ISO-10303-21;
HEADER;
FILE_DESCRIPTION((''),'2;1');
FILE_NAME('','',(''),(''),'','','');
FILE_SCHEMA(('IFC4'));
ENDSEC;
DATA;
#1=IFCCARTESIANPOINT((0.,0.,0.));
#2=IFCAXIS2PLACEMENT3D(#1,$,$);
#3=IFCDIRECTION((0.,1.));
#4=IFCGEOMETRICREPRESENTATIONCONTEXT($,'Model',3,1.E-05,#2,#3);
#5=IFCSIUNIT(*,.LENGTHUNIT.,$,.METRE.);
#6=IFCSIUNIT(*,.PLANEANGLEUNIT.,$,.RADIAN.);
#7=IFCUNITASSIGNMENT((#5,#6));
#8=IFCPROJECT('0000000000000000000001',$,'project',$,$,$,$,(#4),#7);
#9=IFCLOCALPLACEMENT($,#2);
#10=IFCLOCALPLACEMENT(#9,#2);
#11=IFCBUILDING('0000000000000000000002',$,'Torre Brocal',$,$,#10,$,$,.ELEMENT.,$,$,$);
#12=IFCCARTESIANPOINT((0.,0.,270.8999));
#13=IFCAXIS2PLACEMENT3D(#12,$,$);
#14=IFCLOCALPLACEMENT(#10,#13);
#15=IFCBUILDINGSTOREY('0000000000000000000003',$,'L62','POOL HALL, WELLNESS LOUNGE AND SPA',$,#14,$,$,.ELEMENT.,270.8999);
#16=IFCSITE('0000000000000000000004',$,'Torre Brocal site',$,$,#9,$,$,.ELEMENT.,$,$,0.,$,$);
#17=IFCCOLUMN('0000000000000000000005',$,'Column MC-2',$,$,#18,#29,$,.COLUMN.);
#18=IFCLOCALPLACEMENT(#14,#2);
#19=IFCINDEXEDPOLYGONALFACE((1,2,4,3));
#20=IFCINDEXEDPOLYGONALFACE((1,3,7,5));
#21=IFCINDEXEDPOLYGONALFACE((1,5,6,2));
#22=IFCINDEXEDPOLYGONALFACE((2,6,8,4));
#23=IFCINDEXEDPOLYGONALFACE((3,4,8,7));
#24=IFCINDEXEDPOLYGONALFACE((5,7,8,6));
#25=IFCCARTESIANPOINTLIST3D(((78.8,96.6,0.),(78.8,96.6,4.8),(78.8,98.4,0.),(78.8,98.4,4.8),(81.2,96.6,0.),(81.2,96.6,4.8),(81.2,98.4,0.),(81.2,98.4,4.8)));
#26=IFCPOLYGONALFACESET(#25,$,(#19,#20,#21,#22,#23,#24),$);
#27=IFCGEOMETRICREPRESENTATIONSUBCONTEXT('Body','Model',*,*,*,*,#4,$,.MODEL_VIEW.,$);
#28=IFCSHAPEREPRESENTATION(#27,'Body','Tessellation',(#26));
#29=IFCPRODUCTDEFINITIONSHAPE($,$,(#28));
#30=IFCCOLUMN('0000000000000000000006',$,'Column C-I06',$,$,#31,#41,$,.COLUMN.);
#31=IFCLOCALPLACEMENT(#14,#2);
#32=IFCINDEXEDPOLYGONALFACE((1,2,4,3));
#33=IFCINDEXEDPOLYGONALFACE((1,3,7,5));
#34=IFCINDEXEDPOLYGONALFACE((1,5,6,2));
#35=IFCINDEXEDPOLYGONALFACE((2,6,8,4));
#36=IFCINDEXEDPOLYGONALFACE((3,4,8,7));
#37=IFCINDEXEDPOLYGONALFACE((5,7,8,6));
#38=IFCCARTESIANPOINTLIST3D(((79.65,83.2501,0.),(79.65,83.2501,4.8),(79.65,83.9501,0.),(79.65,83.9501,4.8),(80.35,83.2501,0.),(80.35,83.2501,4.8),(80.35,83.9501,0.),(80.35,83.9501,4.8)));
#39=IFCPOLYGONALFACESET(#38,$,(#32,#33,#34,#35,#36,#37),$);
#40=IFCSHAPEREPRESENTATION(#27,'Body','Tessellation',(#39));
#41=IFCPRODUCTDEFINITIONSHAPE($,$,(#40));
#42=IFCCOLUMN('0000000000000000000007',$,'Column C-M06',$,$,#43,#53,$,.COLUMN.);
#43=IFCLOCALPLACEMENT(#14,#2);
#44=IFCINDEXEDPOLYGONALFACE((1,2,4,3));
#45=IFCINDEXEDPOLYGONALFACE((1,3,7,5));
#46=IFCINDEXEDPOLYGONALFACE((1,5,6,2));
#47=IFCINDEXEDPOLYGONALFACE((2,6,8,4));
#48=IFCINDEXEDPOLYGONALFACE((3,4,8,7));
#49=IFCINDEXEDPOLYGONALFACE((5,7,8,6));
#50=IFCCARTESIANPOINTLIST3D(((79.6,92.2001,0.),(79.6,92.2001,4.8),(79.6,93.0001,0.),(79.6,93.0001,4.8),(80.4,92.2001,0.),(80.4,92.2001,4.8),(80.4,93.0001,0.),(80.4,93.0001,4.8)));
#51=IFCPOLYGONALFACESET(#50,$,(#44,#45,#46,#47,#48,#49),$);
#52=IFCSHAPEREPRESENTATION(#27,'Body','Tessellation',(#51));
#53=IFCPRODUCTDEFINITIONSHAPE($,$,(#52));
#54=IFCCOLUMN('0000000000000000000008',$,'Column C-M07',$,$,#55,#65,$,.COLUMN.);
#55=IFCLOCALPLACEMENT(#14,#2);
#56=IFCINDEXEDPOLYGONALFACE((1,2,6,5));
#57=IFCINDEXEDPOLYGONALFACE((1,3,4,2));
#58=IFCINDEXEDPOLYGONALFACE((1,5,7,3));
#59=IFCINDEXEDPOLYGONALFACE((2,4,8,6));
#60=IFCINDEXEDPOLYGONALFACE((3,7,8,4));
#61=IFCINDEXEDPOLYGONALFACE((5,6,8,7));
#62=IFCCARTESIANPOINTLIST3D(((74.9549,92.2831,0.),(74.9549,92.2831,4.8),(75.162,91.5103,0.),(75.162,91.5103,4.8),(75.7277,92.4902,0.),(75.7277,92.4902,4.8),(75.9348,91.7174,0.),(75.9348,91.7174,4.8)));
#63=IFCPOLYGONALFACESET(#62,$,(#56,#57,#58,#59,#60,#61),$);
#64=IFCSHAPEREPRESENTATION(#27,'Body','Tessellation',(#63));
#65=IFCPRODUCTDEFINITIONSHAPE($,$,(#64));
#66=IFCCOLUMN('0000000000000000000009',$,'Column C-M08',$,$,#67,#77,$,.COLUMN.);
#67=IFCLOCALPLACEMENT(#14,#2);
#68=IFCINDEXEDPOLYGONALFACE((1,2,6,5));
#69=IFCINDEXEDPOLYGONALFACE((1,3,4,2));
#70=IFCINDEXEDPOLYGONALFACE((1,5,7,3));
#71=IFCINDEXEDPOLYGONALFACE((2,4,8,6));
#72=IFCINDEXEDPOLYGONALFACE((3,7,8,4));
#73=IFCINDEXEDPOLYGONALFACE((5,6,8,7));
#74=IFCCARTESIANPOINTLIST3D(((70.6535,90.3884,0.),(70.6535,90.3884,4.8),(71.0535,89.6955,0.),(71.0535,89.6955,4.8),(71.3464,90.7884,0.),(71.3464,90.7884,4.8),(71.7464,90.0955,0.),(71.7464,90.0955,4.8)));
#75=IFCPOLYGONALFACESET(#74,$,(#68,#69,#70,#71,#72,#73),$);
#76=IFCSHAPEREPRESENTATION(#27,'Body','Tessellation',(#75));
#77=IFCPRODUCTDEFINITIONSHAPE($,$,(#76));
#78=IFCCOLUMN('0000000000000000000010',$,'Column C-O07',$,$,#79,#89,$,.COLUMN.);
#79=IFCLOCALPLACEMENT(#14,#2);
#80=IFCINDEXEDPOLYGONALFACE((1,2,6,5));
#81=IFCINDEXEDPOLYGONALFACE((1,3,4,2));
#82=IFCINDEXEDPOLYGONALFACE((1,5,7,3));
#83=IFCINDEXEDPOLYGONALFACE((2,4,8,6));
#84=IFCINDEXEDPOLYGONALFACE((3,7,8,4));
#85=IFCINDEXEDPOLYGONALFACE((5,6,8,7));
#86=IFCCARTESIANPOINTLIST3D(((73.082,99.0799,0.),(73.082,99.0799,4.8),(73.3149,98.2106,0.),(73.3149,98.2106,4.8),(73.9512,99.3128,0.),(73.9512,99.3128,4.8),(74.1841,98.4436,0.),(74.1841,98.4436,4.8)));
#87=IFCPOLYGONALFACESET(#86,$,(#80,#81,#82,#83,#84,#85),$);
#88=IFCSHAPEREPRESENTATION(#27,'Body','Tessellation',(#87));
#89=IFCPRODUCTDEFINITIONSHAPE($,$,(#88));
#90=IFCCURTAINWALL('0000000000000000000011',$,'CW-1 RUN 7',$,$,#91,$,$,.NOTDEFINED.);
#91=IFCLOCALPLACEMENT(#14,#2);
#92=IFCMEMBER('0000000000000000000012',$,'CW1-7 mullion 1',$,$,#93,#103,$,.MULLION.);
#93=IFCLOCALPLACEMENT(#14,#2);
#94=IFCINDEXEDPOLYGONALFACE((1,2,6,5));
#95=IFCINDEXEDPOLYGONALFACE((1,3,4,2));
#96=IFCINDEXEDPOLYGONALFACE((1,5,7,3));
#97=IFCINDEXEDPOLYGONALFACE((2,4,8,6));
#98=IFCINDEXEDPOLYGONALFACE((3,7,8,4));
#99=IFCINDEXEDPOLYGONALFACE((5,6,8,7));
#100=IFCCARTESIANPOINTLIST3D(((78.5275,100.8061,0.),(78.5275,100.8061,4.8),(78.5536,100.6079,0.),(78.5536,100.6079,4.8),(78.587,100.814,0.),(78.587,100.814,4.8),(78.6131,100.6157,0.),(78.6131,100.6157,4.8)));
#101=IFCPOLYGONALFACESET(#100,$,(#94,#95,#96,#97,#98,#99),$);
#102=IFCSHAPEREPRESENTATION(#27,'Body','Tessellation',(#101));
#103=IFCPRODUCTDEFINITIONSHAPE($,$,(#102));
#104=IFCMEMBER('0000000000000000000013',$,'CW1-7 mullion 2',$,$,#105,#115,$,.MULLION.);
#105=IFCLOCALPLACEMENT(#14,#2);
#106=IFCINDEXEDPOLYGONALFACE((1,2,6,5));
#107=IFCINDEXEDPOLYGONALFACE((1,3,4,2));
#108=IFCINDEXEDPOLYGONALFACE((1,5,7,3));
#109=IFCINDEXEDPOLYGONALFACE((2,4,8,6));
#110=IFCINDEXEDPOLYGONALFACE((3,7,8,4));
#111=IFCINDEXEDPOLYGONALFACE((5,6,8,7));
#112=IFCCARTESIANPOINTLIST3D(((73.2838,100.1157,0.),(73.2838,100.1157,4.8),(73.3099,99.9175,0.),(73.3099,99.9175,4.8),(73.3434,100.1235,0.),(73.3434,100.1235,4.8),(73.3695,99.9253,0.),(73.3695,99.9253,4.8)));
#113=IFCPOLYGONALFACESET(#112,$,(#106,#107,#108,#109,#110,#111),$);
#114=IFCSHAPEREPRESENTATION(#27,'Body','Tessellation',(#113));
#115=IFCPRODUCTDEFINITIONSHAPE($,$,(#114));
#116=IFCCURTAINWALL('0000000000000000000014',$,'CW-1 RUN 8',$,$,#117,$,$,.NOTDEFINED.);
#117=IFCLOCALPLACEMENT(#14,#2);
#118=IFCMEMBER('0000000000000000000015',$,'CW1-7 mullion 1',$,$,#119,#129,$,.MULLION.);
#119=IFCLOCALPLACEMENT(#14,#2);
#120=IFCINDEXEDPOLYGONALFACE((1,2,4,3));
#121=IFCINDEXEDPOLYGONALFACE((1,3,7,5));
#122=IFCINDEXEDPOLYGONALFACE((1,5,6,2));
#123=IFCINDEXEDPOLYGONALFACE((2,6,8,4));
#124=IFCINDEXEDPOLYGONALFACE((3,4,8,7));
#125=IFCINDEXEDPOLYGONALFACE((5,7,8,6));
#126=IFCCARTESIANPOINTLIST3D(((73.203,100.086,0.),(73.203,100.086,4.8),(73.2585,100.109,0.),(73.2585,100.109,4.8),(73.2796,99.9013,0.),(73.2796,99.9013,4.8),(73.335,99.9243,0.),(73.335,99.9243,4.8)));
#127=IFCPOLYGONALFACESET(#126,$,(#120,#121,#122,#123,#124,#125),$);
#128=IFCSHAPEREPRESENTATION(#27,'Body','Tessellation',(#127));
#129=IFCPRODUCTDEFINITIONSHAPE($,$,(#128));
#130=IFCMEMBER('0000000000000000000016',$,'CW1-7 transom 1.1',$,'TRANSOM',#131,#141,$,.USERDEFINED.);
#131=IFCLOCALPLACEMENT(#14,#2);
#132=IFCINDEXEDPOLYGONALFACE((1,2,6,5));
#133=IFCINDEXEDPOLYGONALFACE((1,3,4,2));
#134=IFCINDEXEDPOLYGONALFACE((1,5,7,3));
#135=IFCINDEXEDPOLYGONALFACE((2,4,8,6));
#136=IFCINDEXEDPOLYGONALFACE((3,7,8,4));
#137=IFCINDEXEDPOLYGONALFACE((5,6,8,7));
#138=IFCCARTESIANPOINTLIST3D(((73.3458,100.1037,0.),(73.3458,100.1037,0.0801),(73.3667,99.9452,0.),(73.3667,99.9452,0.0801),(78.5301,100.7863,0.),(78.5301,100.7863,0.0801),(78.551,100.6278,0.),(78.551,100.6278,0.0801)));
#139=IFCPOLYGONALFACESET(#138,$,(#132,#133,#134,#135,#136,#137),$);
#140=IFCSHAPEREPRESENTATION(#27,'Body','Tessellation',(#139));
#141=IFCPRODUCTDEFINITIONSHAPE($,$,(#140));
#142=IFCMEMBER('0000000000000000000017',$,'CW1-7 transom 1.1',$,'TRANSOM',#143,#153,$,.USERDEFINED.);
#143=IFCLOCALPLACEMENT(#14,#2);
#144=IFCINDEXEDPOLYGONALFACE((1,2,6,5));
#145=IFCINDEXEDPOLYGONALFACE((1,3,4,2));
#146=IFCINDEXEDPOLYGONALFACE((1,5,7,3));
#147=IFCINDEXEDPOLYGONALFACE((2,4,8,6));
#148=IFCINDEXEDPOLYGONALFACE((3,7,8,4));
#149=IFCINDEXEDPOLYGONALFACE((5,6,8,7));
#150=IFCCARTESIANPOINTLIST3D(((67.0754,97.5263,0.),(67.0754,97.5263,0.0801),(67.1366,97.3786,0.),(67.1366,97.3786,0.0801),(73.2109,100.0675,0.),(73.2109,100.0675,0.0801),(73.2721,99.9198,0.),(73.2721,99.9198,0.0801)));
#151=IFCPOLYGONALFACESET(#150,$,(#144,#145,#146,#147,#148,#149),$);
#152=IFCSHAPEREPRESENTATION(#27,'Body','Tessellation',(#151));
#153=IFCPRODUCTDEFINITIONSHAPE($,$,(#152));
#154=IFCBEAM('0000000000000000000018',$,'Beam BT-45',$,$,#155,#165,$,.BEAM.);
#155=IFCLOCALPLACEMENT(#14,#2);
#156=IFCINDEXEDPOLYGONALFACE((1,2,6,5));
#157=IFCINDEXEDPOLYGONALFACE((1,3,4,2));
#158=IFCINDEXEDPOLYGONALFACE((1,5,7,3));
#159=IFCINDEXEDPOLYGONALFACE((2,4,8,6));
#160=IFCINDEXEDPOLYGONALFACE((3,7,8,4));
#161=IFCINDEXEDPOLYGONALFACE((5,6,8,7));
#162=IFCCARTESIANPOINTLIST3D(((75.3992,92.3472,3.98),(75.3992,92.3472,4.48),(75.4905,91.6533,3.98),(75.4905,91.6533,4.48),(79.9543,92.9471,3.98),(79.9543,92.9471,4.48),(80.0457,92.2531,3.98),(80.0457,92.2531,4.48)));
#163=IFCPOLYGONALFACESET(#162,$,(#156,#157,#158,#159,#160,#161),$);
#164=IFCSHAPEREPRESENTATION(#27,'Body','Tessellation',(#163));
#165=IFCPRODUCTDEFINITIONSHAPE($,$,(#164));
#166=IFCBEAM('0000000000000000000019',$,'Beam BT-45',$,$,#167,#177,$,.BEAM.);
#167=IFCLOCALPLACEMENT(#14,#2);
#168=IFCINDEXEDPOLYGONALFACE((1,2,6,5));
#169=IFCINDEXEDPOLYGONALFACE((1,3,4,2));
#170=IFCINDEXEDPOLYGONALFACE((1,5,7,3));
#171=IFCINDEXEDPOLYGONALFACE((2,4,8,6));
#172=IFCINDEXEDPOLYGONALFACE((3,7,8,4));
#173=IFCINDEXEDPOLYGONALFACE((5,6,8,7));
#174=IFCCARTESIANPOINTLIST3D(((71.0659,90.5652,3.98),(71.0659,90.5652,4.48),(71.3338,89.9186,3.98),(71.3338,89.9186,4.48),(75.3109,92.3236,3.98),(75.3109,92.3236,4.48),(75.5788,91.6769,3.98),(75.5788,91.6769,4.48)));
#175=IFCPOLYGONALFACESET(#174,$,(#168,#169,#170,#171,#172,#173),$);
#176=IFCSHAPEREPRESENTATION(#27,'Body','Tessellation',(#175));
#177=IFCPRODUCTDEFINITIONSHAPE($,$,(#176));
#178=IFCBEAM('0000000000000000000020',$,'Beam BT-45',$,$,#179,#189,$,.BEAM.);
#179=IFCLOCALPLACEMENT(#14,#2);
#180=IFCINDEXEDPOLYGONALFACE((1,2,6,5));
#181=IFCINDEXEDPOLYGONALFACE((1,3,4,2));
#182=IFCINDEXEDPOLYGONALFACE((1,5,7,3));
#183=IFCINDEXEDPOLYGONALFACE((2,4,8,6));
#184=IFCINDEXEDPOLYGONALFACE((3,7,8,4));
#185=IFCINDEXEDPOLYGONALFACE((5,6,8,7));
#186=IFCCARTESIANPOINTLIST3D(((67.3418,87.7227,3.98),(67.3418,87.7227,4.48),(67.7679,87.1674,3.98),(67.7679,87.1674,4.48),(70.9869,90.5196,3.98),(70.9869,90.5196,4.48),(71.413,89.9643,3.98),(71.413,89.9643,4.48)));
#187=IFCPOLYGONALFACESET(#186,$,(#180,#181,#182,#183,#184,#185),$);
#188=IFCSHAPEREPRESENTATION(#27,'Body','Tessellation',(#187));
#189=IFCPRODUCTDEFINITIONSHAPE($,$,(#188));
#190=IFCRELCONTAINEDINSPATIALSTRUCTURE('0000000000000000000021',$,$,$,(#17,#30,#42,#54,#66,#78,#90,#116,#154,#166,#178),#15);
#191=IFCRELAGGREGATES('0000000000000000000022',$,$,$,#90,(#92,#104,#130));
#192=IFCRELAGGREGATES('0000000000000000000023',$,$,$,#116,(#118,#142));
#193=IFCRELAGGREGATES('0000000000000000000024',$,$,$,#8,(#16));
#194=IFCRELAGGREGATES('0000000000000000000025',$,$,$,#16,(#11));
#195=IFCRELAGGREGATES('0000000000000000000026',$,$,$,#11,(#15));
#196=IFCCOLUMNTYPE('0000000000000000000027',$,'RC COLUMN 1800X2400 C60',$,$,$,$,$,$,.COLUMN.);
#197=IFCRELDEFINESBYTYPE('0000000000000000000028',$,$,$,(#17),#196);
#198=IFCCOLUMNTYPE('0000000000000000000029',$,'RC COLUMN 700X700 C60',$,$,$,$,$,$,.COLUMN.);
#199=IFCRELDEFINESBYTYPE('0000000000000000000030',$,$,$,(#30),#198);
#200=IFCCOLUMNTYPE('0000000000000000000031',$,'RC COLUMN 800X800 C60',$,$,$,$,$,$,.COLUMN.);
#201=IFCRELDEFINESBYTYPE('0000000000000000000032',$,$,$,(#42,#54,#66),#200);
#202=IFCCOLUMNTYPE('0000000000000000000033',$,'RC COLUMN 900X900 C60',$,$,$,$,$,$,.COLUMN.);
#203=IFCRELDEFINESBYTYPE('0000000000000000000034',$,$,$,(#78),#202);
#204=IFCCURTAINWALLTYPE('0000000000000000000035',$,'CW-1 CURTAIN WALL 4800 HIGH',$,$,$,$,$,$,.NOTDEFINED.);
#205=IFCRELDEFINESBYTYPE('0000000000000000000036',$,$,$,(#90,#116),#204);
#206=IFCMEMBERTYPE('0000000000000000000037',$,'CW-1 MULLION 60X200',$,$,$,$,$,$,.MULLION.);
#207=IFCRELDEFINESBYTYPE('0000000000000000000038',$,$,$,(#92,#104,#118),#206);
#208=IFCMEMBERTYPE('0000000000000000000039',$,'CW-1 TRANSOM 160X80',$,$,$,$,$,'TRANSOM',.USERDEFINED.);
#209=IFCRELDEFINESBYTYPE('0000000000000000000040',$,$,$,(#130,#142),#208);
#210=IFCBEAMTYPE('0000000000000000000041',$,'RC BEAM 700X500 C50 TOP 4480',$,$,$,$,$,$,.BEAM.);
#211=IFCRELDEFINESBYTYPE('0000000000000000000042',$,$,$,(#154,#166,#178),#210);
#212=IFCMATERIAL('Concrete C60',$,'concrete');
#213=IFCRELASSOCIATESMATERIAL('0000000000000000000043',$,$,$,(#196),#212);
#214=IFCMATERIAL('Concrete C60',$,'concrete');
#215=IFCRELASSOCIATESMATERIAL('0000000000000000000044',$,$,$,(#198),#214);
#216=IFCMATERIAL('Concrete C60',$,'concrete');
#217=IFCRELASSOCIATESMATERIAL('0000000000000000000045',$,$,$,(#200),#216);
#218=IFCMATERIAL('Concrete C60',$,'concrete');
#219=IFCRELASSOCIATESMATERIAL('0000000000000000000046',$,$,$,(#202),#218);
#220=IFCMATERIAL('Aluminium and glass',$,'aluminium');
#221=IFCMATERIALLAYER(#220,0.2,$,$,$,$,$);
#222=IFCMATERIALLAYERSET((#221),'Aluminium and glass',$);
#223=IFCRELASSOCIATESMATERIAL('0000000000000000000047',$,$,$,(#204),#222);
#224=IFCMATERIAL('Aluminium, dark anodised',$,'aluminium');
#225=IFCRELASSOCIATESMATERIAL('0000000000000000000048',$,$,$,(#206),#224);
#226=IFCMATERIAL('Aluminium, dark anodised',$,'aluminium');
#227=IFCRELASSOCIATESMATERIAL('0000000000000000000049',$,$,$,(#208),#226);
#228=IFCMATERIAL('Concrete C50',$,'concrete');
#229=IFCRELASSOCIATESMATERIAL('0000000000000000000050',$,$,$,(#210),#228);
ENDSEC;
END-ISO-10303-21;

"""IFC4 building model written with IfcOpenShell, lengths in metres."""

from ifc_helpers import new_model, si_unit, direction, frame, origin, origin_2d, place, context, subcontext, project, spatial, rectangle, extrude, material, layer, layer_set, material_profile, profile_set, type_object, element, aggregate, save


model = new_model("IFC4")

# Units and contexts
model_context = context("Model", 3, precision=1e-05, world=origin(), true_north=direction((0.0, 1.0)))
body_context = subcontext(model_context, "Body", "Model", "MODEL_VIEW")
ifc_project = project(units=[si_unit("LENGTHUNIT", "METRE"), si_unit("PLANEANGLEUNIT", "RADIAN")], contexts=[model_context])

# Site, building, storey
site_placement = place(None, origin())
site = spatial("IfcSite", under=ifc_project, at=site_placement, Name="Torre Brocal site", CompositionType="ELEMENT", RefElevation=0.0)
building_placement = place(site_placement, origin())
building = spatial("IfcBuilding", under=site, at=building_placement, Name="Torre Brocal", CompositionType="ELEMENT")
storey_placement = place(building_placement, frame((0.0, 0.0, 270.8999)))
storey = spatial("IfcBuildingStorey", under=building, at=storey_placement, Name="L62", Description="POOL HALL, WELLNESS LOUNGE AND SPA", CompositionType="ELEMENT", Elevation=270.8999)

# Columns
ifc_material_1 = material(Name="Concrete C60", Category="concrete")
ifc_material_profile_1 = material_profile(ifc_material_1, rectangle(XDim=1.8, YDim=2.3999, at=origin_2d()), Name="RC 1800X2400")
ifc_profile_set_1 = profile_set([ifc_material_profile_1], Name="Concrete C60")
column_type_1 = type_object("IfcColumnType", Name="RC COLUMN 1800X2400 C60", PredefinedType="COLUMN", material=ifc_profile_set_1)
column_1_placement = place(storey_placement, frame((80.0, 97.5, 0.0), z_axis=(0.0, 0.0, 1.0), x_axis=(0.0, 1.0, 0.0)))
element("IfcColumn", 1, at=column_1_placement, inside=storey, type_object=column_type_1, Name="Column MC-2", PredefinedType="COLUMN", context=body_context, shape_type="SweptSolid", body=[
    extrude(rectangle(XDim=1.8, YDim=2.3999, at=origin_2d()), origin(), (0.0, 0.0, 1.0), 4.8),
])
ifc_material_2 = material(Name="Concrete C60", Category="concrete")
ifc_material_profile_2 = material_profile(ifc_material_2, rectangle(XDim=0.7, YDim=0.7, at=origin_2d()), Name="RC 700X700")
ifc_profile_set_2 = profile_set([ifc_material_profile_2], Name="Concrete C60")
column_type_2 = type_object("IfcColumnType", Name="RC COLUMN 700X700 C60", PredefinedType="COLUMN", material=ifc_profile_set_2)
column_2_placement = place(storey_placement, frame((80.0, 83.6001, 0.0), z_axis=(0.0, 0.0, 1.0), x_axis=(0.0, 1.0, 0.0)))
element("IfcColumn", 2, at=column_2_placement, inside=storey, type_object=column_type_2, Name="Column C-I06", PredefinedType="COLUMN", context=body_context, shape_type="SweptSolid", body=[
    extrude(rectangle(XDim=0.7, YDim=0.7, at=origin_2d()), origin(), (0.0, 0.0, 1.0), 4.8),
])
ifc_material_3 = material(Name="Concrete C60", Category="concrete")
ifc_material_profile_3 = material_profile(ifc_material_3, rectangle(XDim=0.8, YDim=0.8, at=origin_2d()), Name="RC 800X800")
ifc_profile_set_3 = profile_set([ifc_material_profile_3], Name="Concrete C60")
column_type_3 = type_object("IfcColumnType", Name="RC COLUMN 800X800 C60", PredefinedType="COLUMN", material=ifc_profile_set_3)
for number, where, z_axis, x_axis, name in (
    (3, (80.0, 92.6001, 0.0), (0.0, 0.0, 1.0), (0.0, 1.0, 0.0), "Column C-M06"),
    (4, (75.4448, 92.0002, 0.0), (0.0, 0.0, 1.0), (-0.258819, 0.965926, 0.0), "Column C-M07"),
    (5, (71.2, 90.2419, 0.0), (0.0, 0.0, 1.0), (-0.5, 0.866025, 0.0), "Column C-M08"),
):
    element("IfcColumn", number, at=place(storey_placement, frame(where, z_axis=z_axis, x_axis=x_axis)), inside=storey, type_object=column_type_3, Name=name, PredefinedType="COLUMN", context=body_context, shape_type="SweptSolid", body=[
        extrude(rectangle(XDim=0.8, YDim=0.8, at=origin_2d()), origin(), (0.0, 0.0, 1.0), 4.8),
    ])
ifc_material_4 = material(Name="Concrete C60", Category="concrete")
ifc_material_profile_4 = material_profile(ifc_material_4, rectangle(XDim=0.8999, YDim=0.8999, at=origin_2d()), Name="RC 900X900")
ifc_profile_set_4 = profile_set([ifc_material_profile_4], Name="Concrete C60")
column_type_4 = type_object("IfcColumnType", Name="RC COLUMN 900X900 C60", PredefinedType="COLUMN", material=ifc_profile_set_4)
column_3_placement = place(storey_placement, frame((73.6331, 98.7617, 0.0), z_axis=(0.0, 0.0, 1.0), x_axis=(-0.258819, 0.965926, 0.0)))
element("IfcColumn", 6, at=column_3_placement, inside=storey, type_object=column_type_4, Name="Column C-O07", PredefinedType="COLUMN", context=body_context, shape_type="SweptSolid", body=[
    extrude(rectangle(XDim=0.8999, YDim=0.8999, at=origin_2d()), origin(), (0.0, 0.0, 1.0), 4.8),
])

# Curtain wall, members
ifc_material_5 = material(Name="Aluminium and glass", Category="aluminium")
ifc_layer_1 = layer(ifc_material_5, 0.2)
ifc_layer_set_1 = layer_set([ifc_layer_1], Name="Aluminium and glass")
curtain_wall_type = type_object("IfcCurtainWallType", Name="CW-1 CURTAIN WALL 4800 HIGH", PredefinedType="NOTDEFINED", material=ifc_layer_set_1)
curtain_wall_1_placement = place(storey_placement, origin())
curtain_wall_1 = element("IfcCurtainWall", 7, at=curtain_wall_1_placement, inside=storey, type_object=curtain_wall_type, Name="CW-1 RUN 7", PredefinedType="NOTDEFINED")
ifc_material_6 = material(Name="Aluminium, dark anodised", Category="aluminium")
ifc_material_profile_5 = material_profile(ifc_material_6, rectangle(XDim=0.2, YDim=0.0601, at=origin_2d()), Name="CW-1 MULLION 60X200")
ifc_profile_set_5 = profile_set([ifc_material_profile_5], Name="Aluminium, dark anodised")
member_type_1 = type_object("IfcMemberType", Name="CW-1 MULLION 60X200", PredefinedType="MULLION", material=ifc_profile_set_5)
member_1_placement = place(storey_placement, frame((78.5703, 100.7109, 0.0), z_axis=(0.0, 0.0, 1.0), x_axis=(0.130526, -0.991445, 0.0)))
member_1 = element("IfcMember", 8, at=member_1_placement, type_object=member_type_1, Name="CW1-7 mullion 1", PredefinedType="MULLION", context=body_context, shape_type="SweptSolid", body=[
    extrude(rectangle(XDim=0.2, YDim=0.0601, at=origin_2d()), origin(), (0.0, 0.0, 1.0), 4.8),
])
member_2_placement = place(storey_placement, frame((73.3267, 100.0205, 0.0), z_axis=(0.0, 0.0, 1.0), x_axis=(0.130526, -0.991445, 0.0)))
member_2 = element("IfcMember", 9, at=member_2_placement, type_object=member_type_1, Name="CW1-7 mullion 2", PredefinedType="MULLION", context=body_context, shape_type="SweptSolid", body=[
    extrude(rectangle(XDim=0.2, YDim=0.0601, at=origin_2d()), origin(), (0.0, 0.0, 1.0), 4.8),
])

# Curtain wall, member
curtain_wall_2_placement = place(storey_placement, origin())
curtain_wall_2 = element("IfcCurtainWall", 10, at=curtain_wall_2_placement, inside=storey, type_object=curtain_wall_type, Name="CW-1 RUN 8", PredefinedType="NOTDEFINED")
member_3_placement = place(storey_placement, frame((73.269, 100.0051, 0.0), z_axis=(0.0, 0.0, 1.0), x_axis=(0.382683, -0.92388, 0.0)))
member_3 = element("IfcMember", 11, at=member_3_placement, type_object=member_type_1, Name="CW1-7 mullion 1", PredefinedType="MULLION", context=body_context, shape_type="SweptSolid", body=[
    extrude(rectangle(XDim=0.2, YDim=0.0601, at=origin_2d()), origin(), (0.0, 0.0, 1.0), 4.8),
])

# Members
ifc_material_7 = material(Name="Aluminium, dark anodised", Category="aluminium")
ifc_material_profile_6 = material_profile(ifc_material_7, rectangle(XDim=0.1599, YDim=0.0801, at=origin_2d()), Name="CW-1 TRANSOM 160X80")
ifc_profile_set_6 = profile_set([ifc_material_profile_6], Name="Aluminium, dark anodised")
member_type_2 = type_object("IfcMemberType", Name="CW-1 TRANSOM 160X80", ElementType="TRANSOM", PredefinedType="USERDEFINED", material=ifc_profile_set_6)
member_4_placement = place(storey_placement, frame((78.5405, 100.707, 0.04), z_axis=(-0.991443, -0.130543, 0.0), x_axis=(0.130543, -0.991443, 0.0)))
member_4 = element("IfcMember", 12, at=member_4_placement, type_object=member_type_2, Name="CW1-7 transom 1.1", ObjectType="TRANSOM", PredefinedType="USERDEFINED", context=body_context, shape_type="SweptSolid", body=[
    extrude(rectangle(XDim=0.1599, YDim=0.0801, at=origin_2d()), origin(), (0.0, 0.0, 1.0), 5.229),
])
member_5_placement = place(storey_placement, frame((73.2415, 99.9937, 0.04), z_axis=(-0.923887, -0.382665, 0.0), x_axis=(0.382665, -0.923887, 0.0)))
member_5 = element("IfcMember", 13, at=member_5_placement, type_object=member_type_2, Name="CW1-7 transom 1.1", ObjectType="TRANSOM", PredefinedType="USERDEFINED", context=body_context, shape_type="SweptSolid", body=[
    extrude(rectangle(XDim=0.1599, YDim=0.0801, at=origin_2d()), origin(), (0.0, 0.0, 1.0), 6.6409),
])

# Beams
ifc_material_8 = material(Name="Concrete C50", Category="concrete")
ifc_material_profile_7 = material_profile(ifc_material_8, rectangle(XDim=0.7, YDim=0.5, at=origin_2d()), Name="RC 700X500")
ifc_profile_set_7 = profile_set([ifc_material_profile_7], Name="Concrete C50")
beam_type_1 = type_object("IfcBeamType", Name="RC BEAM 700X500 C50 TOP 4480", PredefinedType="BEAM", material=ifc_profile_set_7)
beam_1_placement = place(storey_placement, frame((80.0, 92.6001, 4.23), z_axis=(-0.991441, -0.130559, 0.0), x_axis=(0.130559, -0.991441, 0.0)))
element("IfcBeam", 14, at=beam_1_placement, inside=storey, type_object=beam_type_1, Name="Beam BT-45", PredefinedType="BEAM", context=body_context, shape_type="SweptSolid", body=[
    extrude(rectangle(XDim=0.7, YDim=0.5, at=origin_2d()), origin(), (0.0, 0.0, 1.0), 4.5945),
])
beam_2_placement = place(storey_placement, frame((75.4448, 92.0002, 4.23), z_axis=(-0.923878, -0.382687, 0.0), x_axis=(0.382687, -0.923878, 0.0)))
element("IfcBeam", 15, at=beam_2_placement, inside=storey, type_object=beam_type_1, Name="Beam BT-45", PredefinedType="BEAM", context=body_context, shape_type="SweptSolid", body=[
    extrude(rectangle(XDim=0.7, YDim=0.5, at=origin_2d()), origin(), (0.0, 0.0, 1.0), 4.5947),
])
beam_3_placement = place(storey_placement, frame((71.2, 90.2419, 4.23), z_axis=(-0.793358, -0.608755, 0.0), x_axis=(0.608755, -0.793358, 0.0)))
element("IfcBeam", 16, at=beam_3_placement, inside=storey, type_object=beam_type_1, Name="Beam BT-45", PredefinedType="BEAM", context=body_context, shape_type="SweptSolid", body=[
    extrude(rectangle(XDim=0.7, YDim=0.5, at=origin_2d()), origin(), (0.0, 0.0, 1.0), 4.5945),
])

aggregate(curtain_wall_1, [member_1, member_2, member_4])
aggregate(curtain_wall_2, [member_3, member_5])

save(model, "model.ifc")
